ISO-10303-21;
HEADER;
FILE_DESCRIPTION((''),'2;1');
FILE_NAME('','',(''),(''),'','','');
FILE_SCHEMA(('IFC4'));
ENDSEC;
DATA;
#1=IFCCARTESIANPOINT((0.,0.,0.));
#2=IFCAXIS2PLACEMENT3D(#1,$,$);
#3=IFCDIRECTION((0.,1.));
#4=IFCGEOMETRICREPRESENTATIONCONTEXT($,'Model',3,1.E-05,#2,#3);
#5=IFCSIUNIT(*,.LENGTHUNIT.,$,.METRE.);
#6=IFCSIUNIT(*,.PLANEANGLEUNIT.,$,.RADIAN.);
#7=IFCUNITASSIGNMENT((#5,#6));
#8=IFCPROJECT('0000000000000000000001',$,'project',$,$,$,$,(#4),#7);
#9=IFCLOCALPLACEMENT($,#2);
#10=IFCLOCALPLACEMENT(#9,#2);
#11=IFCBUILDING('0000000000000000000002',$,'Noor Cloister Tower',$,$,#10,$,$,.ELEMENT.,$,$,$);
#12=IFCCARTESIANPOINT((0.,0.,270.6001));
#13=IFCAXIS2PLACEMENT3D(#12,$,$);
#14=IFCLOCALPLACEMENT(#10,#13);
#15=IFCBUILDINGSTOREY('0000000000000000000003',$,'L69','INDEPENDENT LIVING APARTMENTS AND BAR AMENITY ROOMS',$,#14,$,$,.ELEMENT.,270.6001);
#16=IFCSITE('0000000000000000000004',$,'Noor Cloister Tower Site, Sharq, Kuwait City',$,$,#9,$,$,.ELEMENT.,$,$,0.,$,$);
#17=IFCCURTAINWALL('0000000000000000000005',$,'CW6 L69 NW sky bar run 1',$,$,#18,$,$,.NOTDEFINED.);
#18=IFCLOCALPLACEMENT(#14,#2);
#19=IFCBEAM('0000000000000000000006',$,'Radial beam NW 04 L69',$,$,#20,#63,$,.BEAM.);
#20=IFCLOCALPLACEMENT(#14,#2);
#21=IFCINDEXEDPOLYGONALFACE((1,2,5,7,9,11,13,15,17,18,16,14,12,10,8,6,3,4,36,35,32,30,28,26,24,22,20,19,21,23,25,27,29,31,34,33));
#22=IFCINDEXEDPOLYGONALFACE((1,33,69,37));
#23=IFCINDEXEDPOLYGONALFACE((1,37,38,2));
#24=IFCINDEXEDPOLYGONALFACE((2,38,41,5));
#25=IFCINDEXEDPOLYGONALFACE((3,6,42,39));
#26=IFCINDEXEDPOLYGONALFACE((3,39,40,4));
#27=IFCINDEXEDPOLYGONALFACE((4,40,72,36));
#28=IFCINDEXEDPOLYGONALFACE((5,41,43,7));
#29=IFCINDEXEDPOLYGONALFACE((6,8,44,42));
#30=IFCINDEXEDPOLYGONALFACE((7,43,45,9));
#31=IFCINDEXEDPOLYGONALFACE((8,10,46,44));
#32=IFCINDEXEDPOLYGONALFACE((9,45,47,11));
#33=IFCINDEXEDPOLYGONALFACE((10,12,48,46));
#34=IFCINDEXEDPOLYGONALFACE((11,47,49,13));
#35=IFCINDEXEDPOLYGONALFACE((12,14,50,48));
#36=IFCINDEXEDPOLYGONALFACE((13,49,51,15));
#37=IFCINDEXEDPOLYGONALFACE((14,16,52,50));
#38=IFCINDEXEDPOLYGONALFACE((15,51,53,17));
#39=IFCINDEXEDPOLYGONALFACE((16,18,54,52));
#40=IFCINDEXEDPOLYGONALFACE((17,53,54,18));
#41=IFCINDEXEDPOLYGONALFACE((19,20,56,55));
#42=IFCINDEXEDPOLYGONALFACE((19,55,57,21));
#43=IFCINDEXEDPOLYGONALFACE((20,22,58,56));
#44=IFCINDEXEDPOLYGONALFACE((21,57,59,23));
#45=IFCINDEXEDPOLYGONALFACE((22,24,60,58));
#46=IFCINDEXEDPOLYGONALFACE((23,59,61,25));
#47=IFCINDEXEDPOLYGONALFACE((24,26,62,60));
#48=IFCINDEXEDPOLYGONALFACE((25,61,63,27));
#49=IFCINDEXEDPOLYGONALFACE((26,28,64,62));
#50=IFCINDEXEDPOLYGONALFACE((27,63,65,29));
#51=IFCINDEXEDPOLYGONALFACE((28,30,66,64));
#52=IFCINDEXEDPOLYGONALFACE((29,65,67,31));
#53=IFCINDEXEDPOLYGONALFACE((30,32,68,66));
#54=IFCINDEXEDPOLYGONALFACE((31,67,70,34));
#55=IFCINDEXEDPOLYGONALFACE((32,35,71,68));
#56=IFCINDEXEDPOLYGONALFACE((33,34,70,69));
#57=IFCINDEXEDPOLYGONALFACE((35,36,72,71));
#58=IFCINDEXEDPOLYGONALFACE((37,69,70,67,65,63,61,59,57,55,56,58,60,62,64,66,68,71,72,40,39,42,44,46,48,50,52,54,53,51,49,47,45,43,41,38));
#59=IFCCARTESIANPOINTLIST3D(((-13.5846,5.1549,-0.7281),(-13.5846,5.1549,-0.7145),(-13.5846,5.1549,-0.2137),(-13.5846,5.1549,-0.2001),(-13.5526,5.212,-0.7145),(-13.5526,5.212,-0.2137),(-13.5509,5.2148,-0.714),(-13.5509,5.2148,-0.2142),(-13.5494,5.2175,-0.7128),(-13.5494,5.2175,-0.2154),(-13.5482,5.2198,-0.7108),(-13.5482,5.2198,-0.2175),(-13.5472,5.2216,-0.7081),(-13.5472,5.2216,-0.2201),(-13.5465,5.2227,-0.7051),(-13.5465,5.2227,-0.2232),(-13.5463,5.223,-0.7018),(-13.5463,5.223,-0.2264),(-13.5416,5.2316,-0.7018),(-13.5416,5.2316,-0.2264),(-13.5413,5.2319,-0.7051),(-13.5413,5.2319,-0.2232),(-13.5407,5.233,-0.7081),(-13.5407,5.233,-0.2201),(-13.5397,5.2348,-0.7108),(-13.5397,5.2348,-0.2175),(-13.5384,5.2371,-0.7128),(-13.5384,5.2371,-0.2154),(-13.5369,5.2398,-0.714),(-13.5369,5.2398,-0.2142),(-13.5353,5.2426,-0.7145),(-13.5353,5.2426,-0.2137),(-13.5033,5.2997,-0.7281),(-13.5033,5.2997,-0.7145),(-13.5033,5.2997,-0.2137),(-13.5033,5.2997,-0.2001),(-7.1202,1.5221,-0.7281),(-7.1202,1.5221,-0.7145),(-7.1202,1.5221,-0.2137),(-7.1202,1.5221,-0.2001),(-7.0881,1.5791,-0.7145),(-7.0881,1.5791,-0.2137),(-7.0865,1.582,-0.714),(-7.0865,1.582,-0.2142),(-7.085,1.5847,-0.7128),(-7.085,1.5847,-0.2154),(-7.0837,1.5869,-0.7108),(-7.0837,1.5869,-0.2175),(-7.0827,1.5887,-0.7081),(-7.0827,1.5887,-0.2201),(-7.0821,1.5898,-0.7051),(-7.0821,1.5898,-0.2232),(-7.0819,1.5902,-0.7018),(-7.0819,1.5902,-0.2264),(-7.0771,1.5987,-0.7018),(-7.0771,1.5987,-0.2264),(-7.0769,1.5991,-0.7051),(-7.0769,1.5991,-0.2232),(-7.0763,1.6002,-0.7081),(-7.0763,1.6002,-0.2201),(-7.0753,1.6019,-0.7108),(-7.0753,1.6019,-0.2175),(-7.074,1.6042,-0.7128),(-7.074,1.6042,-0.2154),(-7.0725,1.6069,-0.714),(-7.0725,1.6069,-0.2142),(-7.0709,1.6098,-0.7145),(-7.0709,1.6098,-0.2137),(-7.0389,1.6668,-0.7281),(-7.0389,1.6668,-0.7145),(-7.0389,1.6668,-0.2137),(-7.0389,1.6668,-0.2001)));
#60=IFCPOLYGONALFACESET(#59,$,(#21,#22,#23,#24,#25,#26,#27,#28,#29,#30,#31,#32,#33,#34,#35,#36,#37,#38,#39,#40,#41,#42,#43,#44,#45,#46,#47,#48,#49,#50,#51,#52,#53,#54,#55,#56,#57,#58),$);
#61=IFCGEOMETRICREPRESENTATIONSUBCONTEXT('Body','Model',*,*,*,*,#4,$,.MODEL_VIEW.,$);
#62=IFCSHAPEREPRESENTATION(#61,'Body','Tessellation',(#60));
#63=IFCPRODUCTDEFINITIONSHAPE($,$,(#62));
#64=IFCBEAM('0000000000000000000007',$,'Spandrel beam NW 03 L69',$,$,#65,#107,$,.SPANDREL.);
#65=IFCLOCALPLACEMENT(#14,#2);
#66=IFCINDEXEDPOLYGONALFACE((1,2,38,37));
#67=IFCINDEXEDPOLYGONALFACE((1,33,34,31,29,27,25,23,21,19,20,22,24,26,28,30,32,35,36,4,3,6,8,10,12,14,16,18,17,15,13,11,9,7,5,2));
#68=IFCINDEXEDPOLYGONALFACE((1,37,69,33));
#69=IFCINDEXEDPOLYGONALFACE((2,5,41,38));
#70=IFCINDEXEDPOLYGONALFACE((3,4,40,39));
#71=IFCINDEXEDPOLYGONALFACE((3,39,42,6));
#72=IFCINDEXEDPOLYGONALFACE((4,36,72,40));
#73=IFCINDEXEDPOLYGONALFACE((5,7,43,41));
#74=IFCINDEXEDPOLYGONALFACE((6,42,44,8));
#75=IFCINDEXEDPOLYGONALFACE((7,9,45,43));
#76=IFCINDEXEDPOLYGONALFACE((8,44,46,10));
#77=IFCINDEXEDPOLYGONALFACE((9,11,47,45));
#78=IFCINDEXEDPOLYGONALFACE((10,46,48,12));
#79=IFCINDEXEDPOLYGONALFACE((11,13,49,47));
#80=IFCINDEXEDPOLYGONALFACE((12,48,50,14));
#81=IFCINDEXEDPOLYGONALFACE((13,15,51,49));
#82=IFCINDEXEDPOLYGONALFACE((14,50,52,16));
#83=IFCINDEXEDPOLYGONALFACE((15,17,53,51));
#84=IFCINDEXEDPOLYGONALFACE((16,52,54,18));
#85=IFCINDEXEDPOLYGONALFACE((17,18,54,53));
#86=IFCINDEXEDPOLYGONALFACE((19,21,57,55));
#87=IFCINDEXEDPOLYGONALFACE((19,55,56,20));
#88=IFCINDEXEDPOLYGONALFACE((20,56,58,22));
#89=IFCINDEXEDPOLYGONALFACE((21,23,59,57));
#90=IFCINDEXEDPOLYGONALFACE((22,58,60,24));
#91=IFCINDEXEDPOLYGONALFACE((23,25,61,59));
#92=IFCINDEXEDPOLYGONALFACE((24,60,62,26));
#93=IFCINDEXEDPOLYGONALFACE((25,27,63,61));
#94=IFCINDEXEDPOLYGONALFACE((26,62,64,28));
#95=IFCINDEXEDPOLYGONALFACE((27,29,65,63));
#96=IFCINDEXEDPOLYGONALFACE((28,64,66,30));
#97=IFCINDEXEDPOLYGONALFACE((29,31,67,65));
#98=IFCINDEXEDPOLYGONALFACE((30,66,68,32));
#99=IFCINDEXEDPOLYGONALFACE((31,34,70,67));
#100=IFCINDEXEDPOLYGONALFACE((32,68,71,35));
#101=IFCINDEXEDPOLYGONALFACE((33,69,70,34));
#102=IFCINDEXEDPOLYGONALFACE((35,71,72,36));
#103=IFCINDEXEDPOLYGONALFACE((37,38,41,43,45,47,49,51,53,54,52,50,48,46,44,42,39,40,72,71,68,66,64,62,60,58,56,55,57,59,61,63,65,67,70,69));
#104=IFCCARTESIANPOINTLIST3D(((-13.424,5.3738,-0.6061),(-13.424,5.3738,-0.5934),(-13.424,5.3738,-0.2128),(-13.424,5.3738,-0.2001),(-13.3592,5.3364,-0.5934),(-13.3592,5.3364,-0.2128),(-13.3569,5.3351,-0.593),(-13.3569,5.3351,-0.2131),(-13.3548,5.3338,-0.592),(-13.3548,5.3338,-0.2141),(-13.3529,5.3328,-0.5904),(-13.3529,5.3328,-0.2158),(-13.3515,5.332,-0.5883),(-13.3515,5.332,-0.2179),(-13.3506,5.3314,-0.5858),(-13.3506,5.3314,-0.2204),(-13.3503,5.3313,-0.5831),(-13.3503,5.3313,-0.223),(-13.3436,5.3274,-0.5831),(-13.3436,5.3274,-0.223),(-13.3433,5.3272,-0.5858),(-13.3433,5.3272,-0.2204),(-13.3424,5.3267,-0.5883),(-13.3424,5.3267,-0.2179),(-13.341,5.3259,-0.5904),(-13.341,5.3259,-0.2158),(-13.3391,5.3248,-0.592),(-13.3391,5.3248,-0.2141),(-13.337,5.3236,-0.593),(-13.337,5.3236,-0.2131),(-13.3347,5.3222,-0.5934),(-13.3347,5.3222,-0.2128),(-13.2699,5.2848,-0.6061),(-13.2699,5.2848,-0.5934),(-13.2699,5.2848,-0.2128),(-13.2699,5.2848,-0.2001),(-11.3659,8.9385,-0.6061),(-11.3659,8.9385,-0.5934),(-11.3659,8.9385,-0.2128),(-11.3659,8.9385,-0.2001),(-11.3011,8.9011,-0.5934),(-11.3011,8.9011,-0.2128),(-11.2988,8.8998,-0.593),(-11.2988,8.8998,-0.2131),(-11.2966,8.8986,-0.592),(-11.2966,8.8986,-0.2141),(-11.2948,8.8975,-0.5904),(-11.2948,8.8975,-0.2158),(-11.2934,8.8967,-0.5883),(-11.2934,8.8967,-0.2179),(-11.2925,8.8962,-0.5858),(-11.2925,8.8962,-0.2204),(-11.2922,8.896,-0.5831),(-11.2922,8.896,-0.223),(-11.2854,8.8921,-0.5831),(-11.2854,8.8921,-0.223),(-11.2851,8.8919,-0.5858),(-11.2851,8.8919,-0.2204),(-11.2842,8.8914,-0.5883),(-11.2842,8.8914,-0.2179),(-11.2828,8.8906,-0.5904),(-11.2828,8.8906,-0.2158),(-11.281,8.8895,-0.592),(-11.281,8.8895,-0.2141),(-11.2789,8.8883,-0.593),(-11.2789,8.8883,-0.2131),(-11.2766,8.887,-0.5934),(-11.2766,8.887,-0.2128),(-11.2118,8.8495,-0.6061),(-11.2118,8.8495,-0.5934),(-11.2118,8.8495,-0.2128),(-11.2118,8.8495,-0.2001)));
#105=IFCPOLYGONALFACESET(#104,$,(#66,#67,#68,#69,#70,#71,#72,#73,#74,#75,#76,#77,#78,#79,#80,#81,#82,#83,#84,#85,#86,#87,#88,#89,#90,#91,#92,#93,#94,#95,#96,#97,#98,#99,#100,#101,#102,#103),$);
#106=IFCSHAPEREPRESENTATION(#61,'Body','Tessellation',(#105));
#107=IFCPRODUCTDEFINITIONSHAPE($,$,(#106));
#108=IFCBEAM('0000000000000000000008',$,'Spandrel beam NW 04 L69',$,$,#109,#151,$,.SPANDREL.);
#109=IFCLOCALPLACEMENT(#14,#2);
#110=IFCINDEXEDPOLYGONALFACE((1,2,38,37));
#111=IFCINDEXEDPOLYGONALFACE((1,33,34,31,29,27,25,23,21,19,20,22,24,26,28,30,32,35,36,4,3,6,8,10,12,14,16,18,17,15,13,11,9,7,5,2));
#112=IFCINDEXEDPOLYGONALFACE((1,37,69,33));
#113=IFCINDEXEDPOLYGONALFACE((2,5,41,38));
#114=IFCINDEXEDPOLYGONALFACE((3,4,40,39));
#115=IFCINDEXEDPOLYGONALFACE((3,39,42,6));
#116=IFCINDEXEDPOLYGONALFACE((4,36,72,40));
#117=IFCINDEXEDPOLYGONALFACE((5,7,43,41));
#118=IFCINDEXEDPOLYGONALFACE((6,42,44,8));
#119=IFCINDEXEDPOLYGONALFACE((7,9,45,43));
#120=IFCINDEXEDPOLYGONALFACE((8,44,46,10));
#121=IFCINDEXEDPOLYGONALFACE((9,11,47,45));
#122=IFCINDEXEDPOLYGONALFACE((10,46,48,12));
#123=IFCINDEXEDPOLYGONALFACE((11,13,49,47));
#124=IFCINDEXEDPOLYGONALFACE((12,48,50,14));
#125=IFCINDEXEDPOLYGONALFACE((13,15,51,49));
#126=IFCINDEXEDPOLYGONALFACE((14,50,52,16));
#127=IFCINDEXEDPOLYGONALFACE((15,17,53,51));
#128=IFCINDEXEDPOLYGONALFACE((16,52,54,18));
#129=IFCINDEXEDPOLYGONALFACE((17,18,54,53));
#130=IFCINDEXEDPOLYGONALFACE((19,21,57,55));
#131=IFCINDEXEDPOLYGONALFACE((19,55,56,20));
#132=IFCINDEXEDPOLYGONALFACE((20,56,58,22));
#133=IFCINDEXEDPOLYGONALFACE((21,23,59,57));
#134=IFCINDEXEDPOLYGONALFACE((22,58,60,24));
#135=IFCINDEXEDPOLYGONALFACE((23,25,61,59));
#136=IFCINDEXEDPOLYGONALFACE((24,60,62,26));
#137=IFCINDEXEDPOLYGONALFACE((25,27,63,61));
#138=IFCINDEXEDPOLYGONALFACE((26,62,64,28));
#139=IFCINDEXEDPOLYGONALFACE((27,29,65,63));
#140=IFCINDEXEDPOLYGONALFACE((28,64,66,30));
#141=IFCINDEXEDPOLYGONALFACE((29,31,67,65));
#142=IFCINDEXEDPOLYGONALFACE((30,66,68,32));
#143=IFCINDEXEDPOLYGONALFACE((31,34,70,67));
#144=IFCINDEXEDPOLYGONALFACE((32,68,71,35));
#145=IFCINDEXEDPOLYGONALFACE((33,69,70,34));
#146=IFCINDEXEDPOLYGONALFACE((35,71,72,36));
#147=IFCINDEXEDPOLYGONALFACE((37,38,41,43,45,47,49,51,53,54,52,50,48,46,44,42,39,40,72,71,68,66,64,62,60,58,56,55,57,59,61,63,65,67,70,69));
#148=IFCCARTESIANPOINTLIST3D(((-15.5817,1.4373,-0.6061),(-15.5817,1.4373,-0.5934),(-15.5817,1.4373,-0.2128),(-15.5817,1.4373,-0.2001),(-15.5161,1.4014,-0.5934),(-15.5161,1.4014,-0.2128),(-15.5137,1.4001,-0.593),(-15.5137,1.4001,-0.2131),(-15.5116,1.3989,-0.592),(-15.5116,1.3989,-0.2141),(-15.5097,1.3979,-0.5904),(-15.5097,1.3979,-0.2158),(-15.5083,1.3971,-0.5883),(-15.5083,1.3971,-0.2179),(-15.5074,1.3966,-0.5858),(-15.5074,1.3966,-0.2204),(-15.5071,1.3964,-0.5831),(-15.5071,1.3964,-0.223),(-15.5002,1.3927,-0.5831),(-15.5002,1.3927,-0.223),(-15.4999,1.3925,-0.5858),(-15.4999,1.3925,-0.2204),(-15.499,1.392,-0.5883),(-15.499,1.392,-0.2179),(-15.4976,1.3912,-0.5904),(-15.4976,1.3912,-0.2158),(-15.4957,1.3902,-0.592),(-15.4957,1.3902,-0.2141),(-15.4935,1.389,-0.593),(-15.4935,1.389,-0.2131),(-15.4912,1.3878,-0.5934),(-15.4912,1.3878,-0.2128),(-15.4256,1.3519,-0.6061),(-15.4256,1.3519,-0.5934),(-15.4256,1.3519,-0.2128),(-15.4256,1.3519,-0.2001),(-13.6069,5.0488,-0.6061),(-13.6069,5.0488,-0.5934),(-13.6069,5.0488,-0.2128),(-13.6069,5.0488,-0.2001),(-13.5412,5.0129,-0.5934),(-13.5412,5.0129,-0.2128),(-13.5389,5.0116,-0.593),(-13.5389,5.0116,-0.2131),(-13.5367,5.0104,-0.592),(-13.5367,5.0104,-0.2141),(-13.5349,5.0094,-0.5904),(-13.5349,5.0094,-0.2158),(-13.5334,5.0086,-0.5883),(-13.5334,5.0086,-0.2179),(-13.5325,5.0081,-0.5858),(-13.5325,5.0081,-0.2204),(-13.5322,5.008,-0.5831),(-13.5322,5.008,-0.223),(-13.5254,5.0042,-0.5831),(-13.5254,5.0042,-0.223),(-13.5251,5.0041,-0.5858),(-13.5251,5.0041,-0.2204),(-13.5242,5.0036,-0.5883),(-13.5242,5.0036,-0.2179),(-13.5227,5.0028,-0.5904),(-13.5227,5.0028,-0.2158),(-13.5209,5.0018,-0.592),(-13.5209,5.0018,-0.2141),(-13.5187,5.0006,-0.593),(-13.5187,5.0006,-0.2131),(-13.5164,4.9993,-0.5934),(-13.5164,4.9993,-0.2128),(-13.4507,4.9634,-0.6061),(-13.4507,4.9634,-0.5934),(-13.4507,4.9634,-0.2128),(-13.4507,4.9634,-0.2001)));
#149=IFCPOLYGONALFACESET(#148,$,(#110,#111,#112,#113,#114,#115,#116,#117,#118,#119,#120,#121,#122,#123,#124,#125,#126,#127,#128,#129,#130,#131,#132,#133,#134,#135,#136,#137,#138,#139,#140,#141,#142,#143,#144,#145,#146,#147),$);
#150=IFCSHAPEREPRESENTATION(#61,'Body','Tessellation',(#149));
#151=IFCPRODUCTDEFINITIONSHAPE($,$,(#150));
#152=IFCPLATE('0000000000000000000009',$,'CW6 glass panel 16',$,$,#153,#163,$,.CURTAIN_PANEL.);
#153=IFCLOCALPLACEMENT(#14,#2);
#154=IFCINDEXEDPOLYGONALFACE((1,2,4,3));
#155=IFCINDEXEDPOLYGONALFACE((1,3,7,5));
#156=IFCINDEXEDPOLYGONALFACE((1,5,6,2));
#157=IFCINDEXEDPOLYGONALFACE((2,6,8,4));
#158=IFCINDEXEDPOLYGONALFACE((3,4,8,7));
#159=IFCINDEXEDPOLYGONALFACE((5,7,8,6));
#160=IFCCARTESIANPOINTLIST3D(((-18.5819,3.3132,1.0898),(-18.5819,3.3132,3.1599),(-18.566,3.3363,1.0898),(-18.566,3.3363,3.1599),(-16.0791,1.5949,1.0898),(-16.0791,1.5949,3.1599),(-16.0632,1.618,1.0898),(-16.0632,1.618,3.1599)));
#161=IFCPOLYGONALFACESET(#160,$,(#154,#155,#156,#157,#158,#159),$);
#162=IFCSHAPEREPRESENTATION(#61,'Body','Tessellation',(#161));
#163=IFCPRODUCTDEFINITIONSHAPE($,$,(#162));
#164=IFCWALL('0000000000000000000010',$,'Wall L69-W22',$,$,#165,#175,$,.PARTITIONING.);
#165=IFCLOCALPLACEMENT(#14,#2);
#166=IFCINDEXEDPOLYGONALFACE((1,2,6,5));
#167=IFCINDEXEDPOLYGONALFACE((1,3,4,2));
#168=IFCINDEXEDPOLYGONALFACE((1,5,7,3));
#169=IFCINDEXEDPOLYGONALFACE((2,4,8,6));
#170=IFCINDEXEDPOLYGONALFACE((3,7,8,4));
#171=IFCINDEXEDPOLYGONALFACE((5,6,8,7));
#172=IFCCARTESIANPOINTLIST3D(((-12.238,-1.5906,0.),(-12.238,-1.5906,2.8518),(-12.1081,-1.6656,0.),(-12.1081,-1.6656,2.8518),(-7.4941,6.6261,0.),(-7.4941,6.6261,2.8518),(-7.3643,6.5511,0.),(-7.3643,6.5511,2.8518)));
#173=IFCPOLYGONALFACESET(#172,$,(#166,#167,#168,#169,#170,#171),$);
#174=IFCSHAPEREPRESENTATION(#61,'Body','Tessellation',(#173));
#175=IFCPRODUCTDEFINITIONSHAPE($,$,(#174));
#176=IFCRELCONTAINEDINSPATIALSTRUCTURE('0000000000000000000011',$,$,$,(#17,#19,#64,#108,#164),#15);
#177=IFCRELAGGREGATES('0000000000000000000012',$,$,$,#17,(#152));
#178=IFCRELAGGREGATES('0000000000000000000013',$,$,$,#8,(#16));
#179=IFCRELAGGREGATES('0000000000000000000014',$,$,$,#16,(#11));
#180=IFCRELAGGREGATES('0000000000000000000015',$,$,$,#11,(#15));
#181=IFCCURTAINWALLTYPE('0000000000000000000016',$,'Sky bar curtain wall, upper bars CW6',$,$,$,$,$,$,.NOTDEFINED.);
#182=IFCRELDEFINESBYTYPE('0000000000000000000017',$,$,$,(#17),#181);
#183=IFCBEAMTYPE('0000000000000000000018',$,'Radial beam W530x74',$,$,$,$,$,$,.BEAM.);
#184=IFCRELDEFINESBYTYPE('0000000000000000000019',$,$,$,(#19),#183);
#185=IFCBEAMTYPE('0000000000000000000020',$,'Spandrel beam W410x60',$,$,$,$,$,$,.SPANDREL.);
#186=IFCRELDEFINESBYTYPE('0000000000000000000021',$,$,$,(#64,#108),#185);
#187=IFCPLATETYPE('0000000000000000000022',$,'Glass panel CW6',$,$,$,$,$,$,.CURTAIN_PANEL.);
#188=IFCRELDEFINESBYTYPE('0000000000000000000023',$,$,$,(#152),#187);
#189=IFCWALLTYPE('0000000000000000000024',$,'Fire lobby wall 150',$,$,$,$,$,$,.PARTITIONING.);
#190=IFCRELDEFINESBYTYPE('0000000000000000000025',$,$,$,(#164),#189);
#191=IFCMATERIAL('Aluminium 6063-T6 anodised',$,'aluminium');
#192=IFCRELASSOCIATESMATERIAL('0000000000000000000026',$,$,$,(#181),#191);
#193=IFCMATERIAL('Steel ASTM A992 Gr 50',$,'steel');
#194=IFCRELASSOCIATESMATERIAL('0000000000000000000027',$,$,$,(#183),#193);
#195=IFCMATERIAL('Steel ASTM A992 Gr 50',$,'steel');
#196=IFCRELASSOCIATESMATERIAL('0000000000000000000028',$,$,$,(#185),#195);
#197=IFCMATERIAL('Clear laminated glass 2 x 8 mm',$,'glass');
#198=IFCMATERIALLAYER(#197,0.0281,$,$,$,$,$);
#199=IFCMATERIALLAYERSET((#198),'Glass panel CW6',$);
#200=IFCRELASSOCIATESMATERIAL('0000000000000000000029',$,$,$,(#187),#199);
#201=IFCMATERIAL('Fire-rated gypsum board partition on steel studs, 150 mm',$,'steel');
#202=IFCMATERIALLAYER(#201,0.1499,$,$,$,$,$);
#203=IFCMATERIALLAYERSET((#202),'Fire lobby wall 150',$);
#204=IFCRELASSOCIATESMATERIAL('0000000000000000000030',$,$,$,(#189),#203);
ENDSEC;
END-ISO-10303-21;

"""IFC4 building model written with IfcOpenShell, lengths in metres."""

from ifc_helpers import new_model, si_unit, direction, frame, frame_2d, origin, origin_2d, place, context, subcontext, project, spatial, rectangle, i_section, extrude, material, layer, layer_set, material_profile, profile_set, type_object, element, aggregate, save


model = new_model("IFC4")

# Units and contexts
model_context = context("Model", 3, precision=1e-05, world=origin(), true_north=direction((0.0, 1.0)))
body_context = subcontext(model_context, "Body", "Model", "MODEL_VIEW")
ifc_project = project(units=[si_unit("LENGTHUNIT", "METRE"), si_unit("PLANEANGLEUNIT", "RADIAN")], contexts=[model_context])

# Site, building, storey
site_placement = place(None, origin())
site = spatial("IfcSite", under=ifc_project, at=site_placement, Name="Noor Cloister Tower Site, Sharq, Kuwait City", CompositionType="ELEMENT", RefElevation=0.0)
building_placement = place(site_placement, origin())
building = spatial("IfcBuilding", under=site, at=building_placement, Name="Noor Cloister Tower", CompositionType="ELEMENT")
storey_placement = place(building_placement, frame((0.0, 0.0, 270.6001)))
storey = spatial("IfcBuildingStorey", under=building, at=storey_placement, Name="L69", Description="INDEPENDENT LIVING APARTMENTS AND BAR AMENITY ROOMS", CompositionType="ELEMENT", Elevation=270.6001)

# Curtain wall
ifc_material_1 = material(Name="Aluminium 6063-T6 anodised", Category="aluminium")
curtain_wall_type = type_object("IfcCurtainWallType", Name="Sky bar curtain wall, upper bars CW6", PredefinedType="NOTDEFINED", material=ifc_material_1)
curtain_wall_placement = place(storey_placement, origin())
curtain_wall = element("IfcCurtainWall", 1, at=curtain_wall_placement, inside=storey, type_object=curtain_wall_type, Name="CW6 L69 NW sky bar run 1", PredefinedType="NOTDEFINED")

# Beams
ifc_material_2 = material(Name="Steel ASTM A992 Gr 50", Category="steel")
ifc_material_profile_1 = material_profile(ifc_material_2, i_section(OverallWidth=0.166, OverallDepth=0.5281, WebThickness=0.0098, FlangeThickness=0.0137, FilletRadius=0.0127, at=origin_2d()), Name="W530x74")
ifc_profile_set_1 = profile_set([ifc_material_profile_1], Name="Steel ASTM A992 Gr 50")
beam_type_1 = type_object("IfcBeamType", Name="Radial beam W530x74", PredefinedType="BEAM", material=ifc_profile_set_1)
for number, where, z_axis, x_axis, name in (
    (2, (-13.5439, 5.2273, -0.4641), (0.871771, -0.489914, 0.0), (0.489914, 0.871771, 0.0), "Radial beam NW 04 L69"),
):
    element("IfcBeam", number, at=place(storey_placement, frame(where, z_axis=z_axis, x_axis=x_axis)), inside=storey, type_object=beam_type_1, Name=name, PredefinedType="BEAM", context=body_context, shape_type="SweptSolid", body=[
        extrude(i_section(OverallWidth=0.166, OverallDepth=0.5281, WebThickness=0.0098, FlangeThickness=0.0137, FilletRadius=0.0127, at=origin_2d()), origin(), (0.0, 0.0, 1.0), 7.4153),
    ])
ifc_material_3 = material(Name="Steel ASTM A992 Gr 50", Category="steel")
ifc_material_profile_2 = material_profile(ifc_material_3, i_section(OverallWidth=0.178, OverallDepth=0.406, WebThickness=0.0078, FlangeThickness=0.0127, FilletRadius=0.0103, at=origin_2d()), Name="W410x60")
ifc_profile_set_2 = profile_set([ifc_material_profile_2], Name="Steel ASTM A992 Gr 50")
beam_type_2 = type_object("IfcBeamType", Name="Spandrel beam W410x60", PredefinedType="SPANDREL", material=ifc_profile_set_2)
for number, where, z_axis, x_axis, name in (
    (3, (-11.2888, 8.894, -0.4031), (-0.500005, -0.866023, 0.0), (0.866023, -0.500005, 0.0), "Spandrel beam NW 03 L69"),
    (4, (-13.5288, 5.0061, -0.4031), (-0.47977, -0.877394, 0.0), (0.877394, -0.47977, 0.0), "Spandrel beam NW 04 L69"),
):
    element("IfcBeam", number, at=place(storey_placement, frame(where, z_axis=z_axis, x_axis=x_axis)), inside=storey, type_object=beam_type_2, Name=name, PredefinedType="SPANDREL", context=body_context, shape_type="SweptSolid", body=[
        extrude(i_section(OverallWidth=0.178, OverallDepth=0.406, WebThickness=0.0078, FlangeThickness=0.0127, FilletRadius=0.0103, at=origin_2d()), origin(), (0.0, 0.0, 1.0), 4.1162),
    ])

# Plate
ifc_material_4 = material(Name="Clear laminated glass 2 x 8 mm", Category="glass")
ifc_layer_1 = layer(ifc_material_4, 0.0281)
ifc_layer_set_1 = layer_set([ifc_layer_1], Name="Glass panel CW6")
plate_type = type_object("IfcPlateType", Name="Glass panel CW6", PredefinedType="CURTAIN_PANEL", material=ifc_layer_set_1)
plate_placement = place(storey_placement, frame((-17.3225, 2.4656, 1.0898), z_axis=(0.0, 0.0, 1.0), x_axis=(0.824408, -0.565997, 0.0)))
plate = element("IfcPlate", 5, at=plate_placement, type_object=plate_type, Name="CW6 glass panel 16", PredefinedType="CURTAIN_PANEL", context=body_context, shape_type="SweptSolid", body=[
    extrude(rectangle(XDim=3.0359, YDim=0.0281, at=origin_2d()), origin(), (0.0, 0.0, 1.0), 2.0701),
])
aggregate(curtain_wall, [plate])

# Wall
ifc_material_5 = material(Name="Fire-rated gypsum board partition on steel studs, 150 mm", Category="steel")
ifc_layer_2 = layer(ifc_material_5, 0.1499)
ifc_layer_set_2 = layer_set([ifc_layer_2], Name="Fire lobby wall 150")
wall_type_1 = type_object("IfcWallType", Name="Fire lobby wall 150", PredefinedType="PARTITIONING", material=ifc_layer_set_2)
wall_1_placement = place(storey_placement, frame((-7.4292, 6.5886, 0.0), z_axis=(0.0, 0.0, 1.0), x_axis=(-0.499994, -0.866029, 0.0)))
element("IfcWall", 6, at=wall_1_placement, inside=storey, type_object=wall_type_1, Name="Wall L69-W22", PredefinedType="PARTITIONING", context=body_context, shape_type="SweptSolid", body=[
    extrude(rectangle(XDim=9.4878, YDim=0.1499, at=frame_2d((4.7439, 0.0))), origin(), (0.0, 0.0, 1.0), 2.8518),
])

save(model, "model.ifc")
